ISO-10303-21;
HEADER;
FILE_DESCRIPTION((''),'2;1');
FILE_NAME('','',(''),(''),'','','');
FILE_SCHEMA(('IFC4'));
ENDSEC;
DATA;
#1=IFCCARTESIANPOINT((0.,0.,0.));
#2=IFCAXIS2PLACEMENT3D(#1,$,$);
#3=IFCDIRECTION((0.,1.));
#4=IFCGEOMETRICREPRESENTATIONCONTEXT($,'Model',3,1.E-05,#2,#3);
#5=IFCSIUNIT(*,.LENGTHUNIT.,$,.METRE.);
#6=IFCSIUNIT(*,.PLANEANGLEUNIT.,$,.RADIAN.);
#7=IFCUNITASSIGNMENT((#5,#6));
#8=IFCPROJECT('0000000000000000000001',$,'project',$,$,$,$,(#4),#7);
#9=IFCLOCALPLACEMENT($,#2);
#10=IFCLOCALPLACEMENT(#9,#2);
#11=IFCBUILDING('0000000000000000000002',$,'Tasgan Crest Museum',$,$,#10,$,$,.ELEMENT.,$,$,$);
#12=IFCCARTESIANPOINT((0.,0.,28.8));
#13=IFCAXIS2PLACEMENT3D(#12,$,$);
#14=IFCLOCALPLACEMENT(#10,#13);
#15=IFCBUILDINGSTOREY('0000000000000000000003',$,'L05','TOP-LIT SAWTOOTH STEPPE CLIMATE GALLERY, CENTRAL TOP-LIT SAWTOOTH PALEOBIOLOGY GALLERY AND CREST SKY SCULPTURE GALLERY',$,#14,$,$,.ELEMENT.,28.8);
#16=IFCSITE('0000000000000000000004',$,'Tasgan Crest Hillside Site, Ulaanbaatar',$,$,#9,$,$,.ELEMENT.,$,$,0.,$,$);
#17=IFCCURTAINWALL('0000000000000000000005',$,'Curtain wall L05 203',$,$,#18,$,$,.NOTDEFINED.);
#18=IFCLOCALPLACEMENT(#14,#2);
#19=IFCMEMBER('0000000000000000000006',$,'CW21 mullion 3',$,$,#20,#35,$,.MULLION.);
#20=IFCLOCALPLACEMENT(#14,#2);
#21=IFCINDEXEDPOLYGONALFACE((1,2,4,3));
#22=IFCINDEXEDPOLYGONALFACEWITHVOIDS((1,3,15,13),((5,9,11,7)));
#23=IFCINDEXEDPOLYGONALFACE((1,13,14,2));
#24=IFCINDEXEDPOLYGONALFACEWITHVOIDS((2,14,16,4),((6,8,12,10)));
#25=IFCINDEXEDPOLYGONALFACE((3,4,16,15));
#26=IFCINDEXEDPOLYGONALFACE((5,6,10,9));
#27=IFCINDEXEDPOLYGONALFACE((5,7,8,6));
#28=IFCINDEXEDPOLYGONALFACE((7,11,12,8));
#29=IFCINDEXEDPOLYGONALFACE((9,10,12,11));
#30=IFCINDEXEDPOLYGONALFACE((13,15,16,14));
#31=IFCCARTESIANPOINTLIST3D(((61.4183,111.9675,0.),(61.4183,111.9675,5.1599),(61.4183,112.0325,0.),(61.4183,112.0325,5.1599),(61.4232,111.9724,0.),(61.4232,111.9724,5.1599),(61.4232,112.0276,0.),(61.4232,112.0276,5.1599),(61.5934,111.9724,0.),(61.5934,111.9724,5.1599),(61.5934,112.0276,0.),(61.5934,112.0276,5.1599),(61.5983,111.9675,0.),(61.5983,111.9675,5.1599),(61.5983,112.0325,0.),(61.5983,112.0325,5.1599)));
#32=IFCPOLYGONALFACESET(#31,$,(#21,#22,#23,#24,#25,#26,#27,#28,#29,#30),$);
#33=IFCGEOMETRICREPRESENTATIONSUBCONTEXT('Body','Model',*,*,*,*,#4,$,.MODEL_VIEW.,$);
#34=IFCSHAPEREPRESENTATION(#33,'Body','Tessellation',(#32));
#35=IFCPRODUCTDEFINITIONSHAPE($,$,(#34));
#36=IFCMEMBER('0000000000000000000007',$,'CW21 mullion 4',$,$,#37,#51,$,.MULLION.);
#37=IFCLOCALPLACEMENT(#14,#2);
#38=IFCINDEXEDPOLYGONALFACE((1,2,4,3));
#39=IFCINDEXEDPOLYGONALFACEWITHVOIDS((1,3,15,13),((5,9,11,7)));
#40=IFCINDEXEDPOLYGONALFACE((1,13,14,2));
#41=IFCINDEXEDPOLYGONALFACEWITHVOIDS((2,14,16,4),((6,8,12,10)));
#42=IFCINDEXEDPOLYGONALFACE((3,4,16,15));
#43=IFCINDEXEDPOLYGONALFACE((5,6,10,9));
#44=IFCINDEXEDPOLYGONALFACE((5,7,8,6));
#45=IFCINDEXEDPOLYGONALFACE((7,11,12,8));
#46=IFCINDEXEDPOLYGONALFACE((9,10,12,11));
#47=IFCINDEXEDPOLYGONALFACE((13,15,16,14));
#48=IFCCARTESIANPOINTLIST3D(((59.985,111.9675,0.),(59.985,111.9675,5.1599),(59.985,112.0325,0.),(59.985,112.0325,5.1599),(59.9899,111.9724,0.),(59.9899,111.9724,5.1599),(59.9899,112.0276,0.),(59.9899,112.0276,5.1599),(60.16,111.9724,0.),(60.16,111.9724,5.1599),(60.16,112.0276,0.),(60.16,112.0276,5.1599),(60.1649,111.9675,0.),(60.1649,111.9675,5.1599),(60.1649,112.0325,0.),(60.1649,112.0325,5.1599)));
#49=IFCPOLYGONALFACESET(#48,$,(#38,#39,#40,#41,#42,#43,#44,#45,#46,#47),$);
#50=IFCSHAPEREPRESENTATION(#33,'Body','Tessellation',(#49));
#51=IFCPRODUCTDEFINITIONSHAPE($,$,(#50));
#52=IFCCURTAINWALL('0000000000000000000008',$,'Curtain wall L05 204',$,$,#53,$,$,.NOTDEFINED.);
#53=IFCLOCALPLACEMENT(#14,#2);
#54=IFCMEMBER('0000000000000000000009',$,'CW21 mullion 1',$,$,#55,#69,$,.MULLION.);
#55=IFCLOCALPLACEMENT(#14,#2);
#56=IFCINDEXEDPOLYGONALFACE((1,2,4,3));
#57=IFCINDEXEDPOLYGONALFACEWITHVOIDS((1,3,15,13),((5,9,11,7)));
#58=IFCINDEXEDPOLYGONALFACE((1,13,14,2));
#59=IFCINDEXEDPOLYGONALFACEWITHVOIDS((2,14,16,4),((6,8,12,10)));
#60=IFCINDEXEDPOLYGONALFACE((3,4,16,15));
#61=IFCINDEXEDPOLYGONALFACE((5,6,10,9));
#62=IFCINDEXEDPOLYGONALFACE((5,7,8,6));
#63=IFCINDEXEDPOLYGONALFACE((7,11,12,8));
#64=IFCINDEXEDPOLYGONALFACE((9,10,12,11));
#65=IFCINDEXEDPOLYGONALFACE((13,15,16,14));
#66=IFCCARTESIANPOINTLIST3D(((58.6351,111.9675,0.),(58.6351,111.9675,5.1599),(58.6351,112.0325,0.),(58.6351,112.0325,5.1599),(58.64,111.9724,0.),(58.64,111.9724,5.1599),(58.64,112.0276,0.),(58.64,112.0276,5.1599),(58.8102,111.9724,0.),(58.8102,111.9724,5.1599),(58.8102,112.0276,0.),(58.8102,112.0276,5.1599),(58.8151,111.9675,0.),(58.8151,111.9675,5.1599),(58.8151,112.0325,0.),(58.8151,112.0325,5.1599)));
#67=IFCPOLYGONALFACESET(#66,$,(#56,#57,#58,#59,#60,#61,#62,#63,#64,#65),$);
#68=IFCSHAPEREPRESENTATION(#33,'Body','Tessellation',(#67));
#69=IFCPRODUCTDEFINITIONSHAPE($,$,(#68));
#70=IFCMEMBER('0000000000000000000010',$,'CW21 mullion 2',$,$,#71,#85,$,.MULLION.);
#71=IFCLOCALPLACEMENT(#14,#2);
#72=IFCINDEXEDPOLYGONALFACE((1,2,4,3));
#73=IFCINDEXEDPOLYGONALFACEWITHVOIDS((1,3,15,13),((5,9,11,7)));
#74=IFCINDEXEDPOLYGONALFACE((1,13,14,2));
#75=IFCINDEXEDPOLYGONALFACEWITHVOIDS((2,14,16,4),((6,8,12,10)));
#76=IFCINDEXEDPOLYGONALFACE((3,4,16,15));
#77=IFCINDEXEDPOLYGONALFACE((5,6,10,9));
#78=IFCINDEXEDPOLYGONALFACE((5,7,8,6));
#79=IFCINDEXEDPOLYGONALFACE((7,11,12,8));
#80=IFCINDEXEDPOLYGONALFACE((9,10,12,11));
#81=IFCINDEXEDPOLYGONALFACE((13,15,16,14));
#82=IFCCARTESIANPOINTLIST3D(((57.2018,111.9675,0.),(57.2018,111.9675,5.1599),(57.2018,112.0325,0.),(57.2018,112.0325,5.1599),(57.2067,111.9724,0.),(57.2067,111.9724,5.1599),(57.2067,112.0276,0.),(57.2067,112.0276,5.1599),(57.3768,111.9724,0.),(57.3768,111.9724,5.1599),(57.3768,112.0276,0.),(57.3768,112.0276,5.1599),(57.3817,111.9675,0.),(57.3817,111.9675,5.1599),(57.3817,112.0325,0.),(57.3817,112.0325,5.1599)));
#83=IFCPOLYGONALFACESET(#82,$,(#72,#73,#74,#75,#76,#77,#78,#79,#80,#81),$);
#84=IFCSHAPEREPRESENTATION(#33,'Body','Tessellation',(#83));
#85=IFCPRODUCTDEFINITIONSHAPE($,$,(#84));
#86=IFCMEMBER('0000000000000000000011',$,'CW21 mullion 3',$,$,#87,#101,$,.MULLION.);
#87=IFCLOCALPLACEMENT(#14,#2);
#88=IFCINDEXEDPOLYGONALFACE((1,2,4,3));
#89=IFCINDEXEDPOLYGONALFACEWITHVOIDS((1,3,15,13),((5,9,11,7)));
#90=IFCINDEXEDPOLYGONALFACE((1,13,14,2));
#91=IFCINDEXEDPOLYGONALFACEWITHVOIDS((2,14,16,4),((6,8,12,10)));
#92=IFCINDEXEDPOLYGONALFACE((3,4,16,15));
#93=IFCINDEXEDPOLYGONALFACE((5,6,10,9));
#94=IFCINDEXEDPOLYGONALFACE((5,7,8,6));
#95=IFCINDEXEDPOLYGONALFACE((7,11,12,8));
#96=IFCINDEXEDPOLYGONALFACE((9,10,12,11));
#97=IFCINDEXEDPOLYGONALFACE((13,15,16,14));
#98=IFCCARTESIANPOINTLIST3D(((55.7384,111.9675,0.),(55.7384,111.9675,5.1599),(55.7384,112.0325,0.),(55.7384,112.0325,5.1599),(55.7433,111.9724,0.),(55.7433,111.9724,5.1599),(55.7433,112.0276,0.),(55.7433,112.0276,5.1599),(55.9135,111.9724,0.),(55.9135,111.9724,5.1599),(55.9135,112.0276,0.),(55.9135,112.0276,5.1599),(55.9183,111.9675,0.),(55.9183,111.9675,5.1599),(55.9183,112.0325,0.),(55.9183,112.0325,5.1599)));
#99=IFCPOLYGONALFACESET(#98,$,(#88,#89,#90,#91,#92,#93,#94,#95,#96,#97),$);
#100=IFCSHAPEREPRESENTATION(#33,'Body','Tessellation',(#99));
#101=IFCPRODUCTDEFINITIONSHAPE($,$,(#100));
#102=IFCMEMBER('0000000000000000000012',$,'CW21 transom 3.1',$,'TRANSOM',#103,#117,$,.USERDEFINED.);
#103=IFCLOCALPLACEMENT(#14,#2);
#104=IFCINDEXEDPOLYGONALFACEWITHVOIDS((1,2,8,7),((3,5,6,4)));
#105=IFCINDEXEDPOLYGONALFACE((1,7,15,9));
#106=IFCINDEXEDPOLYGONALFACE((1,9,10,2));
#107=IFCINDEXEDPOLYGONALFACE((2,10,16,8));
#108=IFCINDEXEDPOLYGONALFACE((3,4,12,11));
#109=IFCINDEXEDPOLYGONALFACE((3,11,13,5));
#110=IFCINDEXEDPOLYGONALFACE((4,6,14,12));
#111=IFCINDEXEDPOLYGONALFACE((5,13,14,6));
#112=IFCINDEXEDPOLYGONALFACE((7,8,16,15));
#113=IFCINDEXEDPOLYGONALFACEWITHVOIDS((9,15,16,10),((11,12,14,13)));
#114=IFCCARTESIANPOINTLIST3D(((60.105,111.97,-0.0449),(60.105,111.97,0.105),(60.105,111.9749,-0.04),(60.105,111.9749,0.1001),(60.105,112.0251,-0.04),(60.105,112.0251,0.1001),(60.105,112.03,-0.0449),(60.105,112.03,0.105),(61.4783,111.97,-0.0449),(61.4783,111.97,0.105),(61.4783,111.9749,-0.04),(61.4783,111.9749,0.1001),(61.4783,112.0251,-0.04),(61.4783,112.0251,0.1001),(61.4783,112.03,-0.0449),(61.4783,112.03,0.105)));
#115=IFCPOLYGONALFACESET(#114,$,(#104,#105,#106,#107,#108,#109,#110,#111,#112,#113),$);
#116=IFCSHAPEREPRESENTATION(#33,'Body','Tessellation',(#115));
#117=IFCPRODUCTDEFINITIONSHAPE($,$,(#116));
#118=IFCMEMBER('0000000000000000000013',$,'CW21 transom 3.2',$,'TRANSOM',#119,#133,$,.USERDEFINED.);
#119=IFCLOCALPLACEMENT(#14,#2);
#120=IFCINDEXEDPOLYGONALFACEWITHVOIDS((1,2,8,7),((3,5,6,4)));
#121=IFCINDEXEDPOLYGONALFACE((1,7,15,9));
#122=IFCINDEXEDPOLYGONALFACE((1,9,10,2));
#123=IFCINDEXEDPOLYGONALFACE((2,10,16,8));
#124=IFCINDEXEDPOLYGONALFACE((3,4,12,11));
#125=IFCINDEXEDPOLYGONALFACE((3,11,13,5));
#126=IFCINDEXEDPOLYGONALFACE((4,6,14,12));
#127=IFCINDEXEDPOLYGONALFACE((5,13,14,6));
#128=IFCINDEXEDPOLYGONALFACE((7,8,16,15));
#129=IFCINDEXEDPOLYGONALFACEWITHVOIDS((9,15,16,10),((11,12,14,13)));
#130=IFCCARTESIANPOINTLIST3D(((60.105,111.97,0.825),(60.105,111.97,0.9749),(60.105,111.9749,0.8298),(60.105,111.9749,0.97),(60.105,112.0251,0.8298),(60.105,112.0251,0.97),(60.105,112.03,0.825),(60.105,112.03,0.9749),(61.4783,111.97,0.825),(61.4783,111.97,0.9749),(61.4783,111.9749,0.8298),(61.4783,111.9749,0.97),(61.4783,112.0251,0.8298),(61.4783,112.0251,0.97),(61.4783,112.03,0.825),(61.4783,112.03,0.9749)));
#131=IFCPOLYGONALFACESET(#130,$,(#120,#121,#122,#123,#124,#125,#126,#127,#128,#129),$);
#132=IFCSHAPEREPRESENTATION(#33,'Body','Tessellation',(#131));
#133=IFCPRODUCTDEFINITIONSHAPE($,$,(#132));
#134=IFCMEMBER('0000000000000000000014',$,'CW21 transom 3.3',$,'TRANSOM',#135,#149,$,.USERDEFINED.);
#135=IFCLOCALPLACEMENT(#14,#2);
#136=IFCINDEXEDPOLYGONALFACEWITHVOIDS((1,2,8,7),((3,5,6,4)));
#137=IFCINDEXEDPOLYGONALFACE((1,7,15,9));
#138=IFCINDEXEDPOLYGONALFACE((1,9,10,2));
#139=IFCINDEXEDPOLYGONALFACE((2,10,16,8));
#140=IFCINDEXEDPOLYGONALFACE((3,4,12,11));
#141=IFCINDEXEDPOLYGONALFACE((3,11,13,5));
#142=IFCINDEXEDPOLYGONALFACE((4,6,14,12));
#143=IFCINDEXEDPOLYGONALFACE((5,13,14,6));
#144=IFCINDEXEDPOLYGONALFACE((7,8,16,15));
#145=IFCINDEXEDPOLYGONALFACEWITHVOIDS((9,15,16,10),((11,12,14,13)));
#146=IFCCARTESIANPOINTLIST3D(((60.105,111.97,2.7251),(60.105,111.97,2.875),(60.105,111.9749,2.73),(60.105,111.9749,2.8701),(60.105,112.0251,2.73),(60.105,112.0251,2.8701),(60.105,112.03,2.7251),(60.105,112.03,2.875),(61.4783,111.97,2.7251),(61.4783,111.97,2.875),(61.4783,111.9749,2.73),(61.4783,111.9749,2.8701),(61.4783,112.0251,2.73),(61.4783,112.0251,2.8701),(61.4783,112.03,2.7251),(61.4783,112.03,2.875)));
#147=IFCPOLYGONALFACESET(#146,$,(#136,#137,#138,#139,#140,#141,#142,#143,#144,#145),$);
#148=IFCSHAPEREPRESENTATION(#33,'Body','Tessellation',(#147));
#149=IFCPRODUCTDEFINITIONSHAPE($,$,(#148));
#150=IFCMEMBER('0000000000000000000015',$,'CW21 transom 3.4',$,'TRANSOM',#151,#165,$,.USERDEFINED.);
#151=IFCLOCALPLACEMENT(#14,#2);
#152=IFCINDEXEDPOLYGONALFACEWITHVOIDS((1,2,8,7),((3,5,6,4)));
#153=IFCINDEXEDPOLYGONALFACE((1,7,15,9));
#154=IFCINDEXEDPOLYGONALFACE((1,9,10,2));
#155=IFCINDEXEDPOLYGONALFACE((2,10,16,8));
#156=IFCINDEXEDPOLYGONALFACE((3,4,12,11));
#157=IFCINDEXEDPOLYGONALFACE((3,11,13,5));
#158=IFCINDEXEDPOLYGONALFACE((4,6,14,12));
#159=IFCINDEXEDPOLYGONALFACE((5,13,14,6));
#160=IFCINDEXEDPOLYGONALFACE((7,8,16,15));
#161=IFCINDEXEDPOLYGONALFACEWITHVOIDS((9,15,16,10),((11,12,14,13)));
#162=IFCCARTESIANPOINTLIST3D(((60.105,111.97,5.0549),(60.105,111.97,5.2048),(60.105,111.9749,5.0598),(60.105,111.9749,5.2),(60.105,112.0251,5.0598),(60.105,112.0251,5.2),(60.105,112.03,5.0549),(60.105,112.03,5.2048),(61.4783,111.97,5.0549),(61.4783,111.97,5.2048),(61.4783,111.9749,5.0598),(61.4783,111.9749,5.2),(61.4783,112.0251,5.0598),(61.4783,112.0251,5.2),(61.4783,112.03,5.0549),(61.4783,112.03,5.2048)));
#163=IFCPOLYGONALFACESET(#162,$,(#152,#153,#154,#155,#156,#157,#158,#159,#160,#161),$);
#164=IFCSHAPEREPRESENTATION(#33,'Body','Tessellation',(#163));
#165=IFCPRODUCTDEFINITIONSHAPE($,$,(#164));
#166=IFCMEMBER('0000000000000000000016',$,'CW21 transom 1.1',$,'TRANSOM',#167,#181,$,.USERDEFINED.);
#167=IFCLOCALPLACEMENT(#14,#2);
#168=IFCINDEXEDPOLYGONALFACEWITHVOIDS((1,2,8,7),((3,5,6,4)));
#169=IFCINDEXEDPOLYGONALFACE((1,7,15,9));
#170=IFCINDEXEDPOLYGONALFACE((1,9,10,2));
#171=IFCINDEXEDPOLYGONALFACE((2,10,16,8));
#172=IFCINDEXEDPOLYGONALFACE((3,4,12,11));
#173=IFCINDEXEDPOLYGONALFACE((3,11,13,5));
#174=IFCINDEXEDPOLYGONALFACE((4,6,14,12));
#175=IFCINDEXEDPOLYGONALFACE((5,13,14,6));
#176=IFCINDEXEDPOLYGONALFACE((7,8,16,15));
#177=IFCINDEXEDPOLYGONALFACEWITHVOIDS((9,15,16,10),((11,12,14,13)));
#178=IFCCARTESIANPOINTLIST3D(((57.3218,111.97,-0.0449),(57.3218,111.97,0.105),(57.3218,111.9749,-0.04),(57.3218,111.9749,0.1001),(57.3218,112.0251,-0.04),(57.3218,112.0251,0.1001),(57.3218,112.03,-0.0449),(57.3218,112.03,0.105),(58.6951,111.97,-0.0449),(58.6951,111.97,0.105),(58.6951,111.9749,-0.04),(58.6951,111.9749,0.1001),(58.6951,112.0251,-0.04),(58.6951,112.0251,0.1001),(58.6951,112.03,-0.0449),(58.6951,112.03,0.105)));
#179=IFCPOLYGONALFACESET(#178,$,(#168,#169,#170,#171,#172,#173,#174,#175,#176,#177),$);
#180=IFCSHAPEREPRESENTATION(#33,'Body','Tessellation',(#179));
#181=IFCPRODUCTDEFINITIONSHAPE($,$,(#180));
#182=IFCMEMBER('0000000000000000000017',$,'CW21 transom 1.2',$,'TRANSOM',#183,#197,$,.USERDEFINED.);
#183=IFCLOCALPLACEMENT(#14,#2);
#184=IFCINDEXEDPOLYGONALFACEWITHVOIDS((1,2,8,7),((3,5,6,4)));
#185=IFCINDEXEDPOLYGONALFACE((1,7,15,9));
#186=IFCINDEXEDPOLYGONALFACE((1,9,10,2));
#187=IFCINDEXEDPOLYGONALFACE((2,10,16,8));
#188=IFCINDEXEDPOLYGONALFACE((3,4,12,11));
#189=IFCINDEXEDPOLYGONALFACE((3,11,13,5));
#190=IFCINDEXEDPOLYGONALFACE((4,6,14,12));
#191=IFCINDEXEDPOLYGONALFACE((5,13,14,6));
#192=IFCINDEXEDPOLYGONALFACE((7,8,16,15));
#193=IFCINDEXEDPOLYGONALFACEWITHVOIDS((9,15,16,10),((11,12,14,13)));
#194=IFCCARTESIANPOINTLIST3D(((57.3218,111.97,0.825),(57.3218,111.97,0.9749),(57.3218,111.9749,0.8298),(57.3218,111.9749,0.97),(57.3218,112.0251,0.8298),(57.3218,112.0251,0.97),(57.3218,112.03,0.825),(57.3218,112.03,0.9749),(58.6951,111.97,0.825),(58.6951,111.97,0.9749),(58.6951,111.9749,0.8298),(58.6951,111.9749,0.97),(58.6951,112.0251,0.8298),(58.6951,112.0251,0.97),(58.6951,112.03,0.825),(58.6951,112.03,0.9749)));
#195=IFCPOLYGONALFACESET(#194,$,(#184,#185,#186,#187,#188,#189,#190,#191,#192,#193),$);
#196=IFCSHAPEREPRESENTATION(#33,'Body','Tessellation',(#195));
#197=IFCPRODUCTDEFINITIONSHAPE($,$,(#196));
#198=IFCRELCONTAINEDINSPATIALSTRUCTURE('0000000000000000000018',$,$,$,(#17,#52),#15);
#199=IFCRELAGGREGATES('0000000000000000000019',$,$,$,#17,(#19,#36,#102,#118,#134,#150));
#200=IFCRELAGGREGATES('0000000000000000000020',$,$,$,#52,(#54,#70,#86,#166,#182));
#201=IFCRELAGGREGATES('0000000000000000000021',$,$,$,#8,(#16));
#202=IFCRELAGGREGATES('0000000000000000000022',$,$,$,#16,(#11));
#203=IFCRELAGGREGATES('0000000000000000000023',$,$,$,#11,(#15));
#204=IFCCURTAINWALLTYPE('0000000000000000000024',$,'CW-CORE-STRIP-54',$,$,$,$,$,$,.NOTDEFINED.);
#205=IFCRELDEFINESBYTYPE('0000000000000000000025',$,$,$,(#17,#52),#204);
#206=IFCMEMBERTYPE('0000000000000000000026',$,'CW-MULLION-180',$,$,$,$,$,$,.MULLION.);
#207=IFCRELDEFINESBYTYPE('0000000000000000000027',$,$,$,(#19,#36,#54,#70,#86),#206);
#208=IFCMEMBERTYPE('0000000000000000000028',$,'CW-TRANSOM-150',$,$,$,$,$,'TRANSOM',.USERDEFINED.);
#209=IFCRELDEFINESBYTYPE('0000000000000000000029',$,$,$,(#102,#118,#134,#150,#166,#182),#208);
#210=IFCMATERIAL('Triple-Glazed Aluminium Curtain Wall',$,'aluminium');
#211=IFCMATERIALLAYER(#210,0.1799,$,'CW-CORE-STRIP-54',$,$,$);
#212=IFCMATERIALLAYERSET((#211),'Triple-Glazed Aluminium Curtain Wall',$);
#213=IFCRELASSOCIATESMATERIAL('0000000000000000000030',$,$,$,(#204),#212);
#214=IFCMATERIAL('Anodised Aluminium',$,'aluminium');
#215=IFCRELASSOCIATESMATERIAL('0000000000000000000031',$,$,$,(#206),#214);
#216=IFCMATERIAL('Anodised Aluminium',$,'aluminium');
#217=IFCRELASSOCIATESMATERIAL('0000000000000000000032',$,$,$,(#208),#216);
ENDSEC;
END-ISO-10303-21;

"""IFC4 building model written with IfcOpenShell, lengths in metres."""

from ifc_helpers import new_model, si_unit, direction, frame, origin, origin_2d, place, context, subcontext, project, spatial, hollow_rectangle, extrude, material, layer, layer_set, material_profile, profile_set, type_object, element, aggregate, save


model = new_model("IFC4")

# Units and contexts
model_context = context("Model", 3, precision=1e-05, world=origin(), true_north=direction((0.0, 1.0)))
body_context = subcontext(model_context, "Body", "Model", "MODEL_VIEW")
ifc_project = project(units=[si_unit("LENGTHUNIT", "METRE"), si_unit("PLANEANGLEUNIT", "RADIAN")], contexts=[model_context])

# Site, building, storey
site_placement = place(None, origin())
site = spatial("IfcSite", under=ifc_project, at=site_placement, Name="Tasgan Crest Hillside Site, Ulaanbaatar", CompositionType="ELEMENT", RefElevation=0.0)
building_placement = place(site_placement, origin())
building = spatial("IfcBuilding", under=site, at=building_placement, Name="Tasgan Crest Museum", CompositionType="ELEMENT")
storey_placement = place(building_placement, frame((0.0, 0.0, 28.8)))
storey = spatial("IfcBuildingStorey", under=building, at=storey_placement, Name="L05", Description="TOP-LIT SAWTOOTH STEPPE CLIMATE GALLERY, CENTRAL TOP-LIT SAWTOOTH PALEOBIOLOGY GALLERY AND CREST SKY SCULPTURE GALLERY", CompositionType="ELEMENT", Elevation=28.8)

# Curtain walls, members
ifc_material_1 = material(Name="Triple-Glazed Aluminium Curtain Wall", Category="aluminium")
ifc_layer_1 = layer(ifc_material_1, 0.1799, Name="CW-CORE-STRIP-54")
ifc_layer_set_1 = layer_set([ifc_layer_1], Name="Triple-Glazed Aluminium Curtain Wall")
curtain_wall_type = type_object("IfcCurtainWallType", Name="CW-CORE-STRIP-54", PredefinedType="NOTDEFINED", material=ifc_layer_set_1)
curtain_wall_1_placement = place(storey_placement, origin())
curtain_wall_1 = element("IfcCurtainWall", 1, at=curtain_wall_1_placement, inside=storey, type_object=curtain_wall_type, Name="Curtain wall L05 203", PredefinedType="NOTDEFINED")
ifc_material_2 = material(Name="Anodised Aluminium", Category="aluminium")
ifc_material_profile_1 = material_profile(ifc_material_2, hollow_rectangle(XDim=0.0649, YDim=0.1799, WallThickness=0.0049, at=origin_2d()), Name="ALU MULLION 180x65x5")
ifc_profile_set_1 = profile_set([ifc_material_profile_1], Name="Anodised Aluminium")
member_type_1 = type_object("IfcMemberType", Name="CW-MULLION-180", PredefinedType="MULLION", material=ifc_profile_set_1)
member_1_placement = place(storey_placement, frame((61.5083, 112.0, 0.0), z_axis=(0.0, 0.0, 1.0), x_axis=(0.0, -1.0, 0.0)))
member_1 = element("IfcMember", 2, at=member_1_placement, type_object=member_type_1, Name="CW21 mullion 3", PredefinedType="MULLION", context=body_context, shape_type="SweptSolid", body=[
    extrude(hollow_rectangle(XDim=0.0649, YDim=0.1799, WallThickness=0.0049, at=origin_2d()), origin(), (0.0, 0.0, 1.0), 5.1599),
])
member_2_placement = place(storey_placement, frame((60.075, 112.0, 0.0), z_axis=(0.0, 0.0, 1.0), x_axis=(0.0, -1.0, 0.0)))
member_2 = element("IfcMember", 3, at=member_2_placement, type_object=member_type_1, Name="CW21 mullion 4", PredefinedType="MULLION", context=body_context, shape_type="SweptSolid", body=[
    extrude(hollow_rectangle(XDim=0.0649, YDim=0.1799, WallThickness=0.0049, at=origin_2d()), origin(), (0.0, 0.0, 1.0), 5.1599),
])
curtain_wall_2_placement = place(storey_placement, origin())
curtain_wall_2 = element("IfcCurtainWall", 4, at=curtain_wall_2_placement, inside=storey, type_object=curtain_wall_type, Name="Curtain wall L05 204", PredefinedType="NOTDEFINED")
member_3_placement = place(storey_placement, frame((58.7251, 112.0, 0.0), z_axis=(0.0, 0.0, 1.0), x_axis=(0.0, -1.0, 0.0)))
member_3 = element("IfcMember", 5, at=member_3_placement, type_object=member_type_1, Name="CW21 mullion 1", PredefinedType="MULLION", context=body_context, shape_type="SweptSolid", body=[
    extrude(hollow_rectangle(XDim=0.0649, YDim=0.1799, WallThickness=0.0049, at=origin_2d()), origin(), (0.0, 0.0, 1.0), 5.1599),
])
member_4_placement = place(storey_placement, frame((57.2917, 112.0, 0.0), z_axis=(0.0, 0.0, 1.0), x_axis=(0.0, -1.0, 0.0)))
member_4 = element("IfcMember", 6, at=member_4_placement, type_object=member_type_1, Name="CW21 mullion 2", PredefinedType="MULLION", context=body_context, shape_type="SweptSolid", body=[
    extrude(hollow_rectangle(XDim=0.0649, YDim=0.1799, WallThickness=0.0049, at=origin_2d()), origin(), (0.0, 0.0, 1.0), 5.1599),
])
member_5_placement = place(storey_placement, frame((55.8284, 112.0, 0.0), z_axis=(0.0, 0.0, 1.0), x_axis=(0.0, -1.0, 0.0)))
member_5 = element("IfcMember", 7, at=member_5_placement, type_object=member_type_1, Name="CW21 mullion 3", PredefinedType="MULLION", context=body_context, shape_type="SweptSolid", body=[
    extrude(hollow_rectangle(XDim=0.0649, YDim=0.1799, WallThickness=0.0049, at=origin_2d()), origin(), (0.0, 0.0, 1.0), 5.1599),
])

# Members
ifc_material_3 = material(Name="Anodised Aluminium", Category="aluminium")
ifc_material_profile_2 = material_profile(ifc_material_3, hollow_rectangle(XDim=0.0601, YDim=0.1499, WallThickness=0.0049, at=origin_2d()), Name="ALU TRANSOM 150x60x5")
ifc_profile_set_2 = profile_set([ifc_material_profile_2], Name="Anodised Aluminium")
member_type_2 = type_object("IfcMemberType", Name="CW-TRANSOM-150", ElementType="TRANSOM", PredefinedType="USERDEFINED", material=ifc_profile_set_2)
member_6_placement = place(storey_placement, frame((61.4783, 112.0, 0.03), z_axis=(-1.0, 0.0, 0.0), x_axis=(0.0, -1.0, 0.0)))
member_6 = element("IfcMember", 8, at=member_6_placement, type_object=member_type_2, Name="CW21 transom 3.1", ObjectType="TRANSOM", PredefinedType="USERDEFINED", context=body_context, shape_type="SweptSolid", body=[
    extrude(hollow_rectangle(XDim=0.0601, YDim=0.1499, WallThickness=0.0049, at=origin_2d()), origin(), (0.0, 0.0, 1.0), 1.3733),
])
member_7_placement = place(storey_placement, frame((61.4783, 112.0, 0.8999), z_axis=(-1.0, 0.0, 0.0), x_axis=(0.0, -1.0, 0.0)))
member_7 = element("IfcMember", 9, at=member_7_placement, type_object=member_type_2, Name="CW21 transom 3.2", ObjectType="TRANSOM", PredefinedType="USERDEFINED", context=body_context, shape_type="SweptSolid", body=[
    extrude(hollow_rectangle(XDim=0.0601, YDim=0.1499, WallThickness=0.0049, at=origin_2d()), origin(), (0.0, 0.0, 1.0), 1.3733),
])
member_8_placement = place(storey_placement, frame((61.4783, 112.0, 2.8), z_axis=(-1.0, 0.0, 0.0), x_axis=(0.0, -1.0, 0.0)))
member_8 = element("IfcMember", 10, at=member_8_placement, type_object=member_type_2, Name="CW21 transom 3.3", ObjectType="TRANSOM", PredefinedType="USERDEFINED", context=body_context, shape_type="SweptSolid", body=[
    extrude(hollow_rectangle(XDim=0.0601, YDim=0.1499, WallThickness=0.0049, at=origin_2d()), origin(), (0.0, 0.0, 1.0), 1.3733),
])
member_9_placement = place(storey_placement, frame((61.4783, 112.0, 5.1299), z_axis=(-1.0, 0.0, 0.0), x_axis=(0.0, -1.0, 0.0)))
member_9 = element("IfcMember", 11, at=member_9_placement, type_object=member_type_2, Name="CW21 transom 3.4", ObjectType="TRANSOM", PredefinedType="USERDEFINED", context=body_context, shape_type="SweptSolid", body=[
    extrude(hollow_rectangle(XDim=0.0601, YDim=0.1499, WallThickness=0.0049, at=origin_2d()), origin(), (0.0, 0.0, 1.0), 1.3733),
])
member_10_placement = place(storey_placement, frame((58.6951, 112.0, 0.03), z_axis=(-1.0, 0.0, 0.0), x_axis=(0.0, -1.0, 0.0)))
member_10 = element("IfcMember", 12, at=member_10_placement, type_object=member_type_2, Name="CW21 transom 1.1", ObjectType="TRANSOM", PredefinedType="USERDEFINED", context=body_context, shape_type="SweptSolid", body=[
    extrude(hollow_rectangle(XDim=0.0601, YDim=0.1499, WallThickness=0.0049, at=origin_2d()), origin(), (0.0, 0.0, 1.0), 1.3733),
])
member_11_placement = place(storey_placement, frame((58.6951, 112.0, 0.8999), z_axis=(-1.0, 0.0, 0.0), x_axis=(0.0, -1.0, 0.0)))
member_11 = element("IfcMember", 13, at=member_11_placement, type_object=member_type_2, Name="CW21 transom 1.2", ObjectType="TRANSOM", PredefinedType="USERDEFINED", context=body_context, shape_type="SweptSolid", body=[
    extrude(hollow_rectangle(XDim=0.0601, YDim=0.1499, WallThickness=0.0049, at=origin_2d()), origin(), (0.0, 0.0, 1.0), 1.3733),
])

aggregate(curtain_wall_1, [member_1, member_2, member_6, member_7, member_8, member_9])
aggregate(curtain_wall_2, [member_3, member_4, member_5, member_10, member_11])

save(model, "model.ifc")
